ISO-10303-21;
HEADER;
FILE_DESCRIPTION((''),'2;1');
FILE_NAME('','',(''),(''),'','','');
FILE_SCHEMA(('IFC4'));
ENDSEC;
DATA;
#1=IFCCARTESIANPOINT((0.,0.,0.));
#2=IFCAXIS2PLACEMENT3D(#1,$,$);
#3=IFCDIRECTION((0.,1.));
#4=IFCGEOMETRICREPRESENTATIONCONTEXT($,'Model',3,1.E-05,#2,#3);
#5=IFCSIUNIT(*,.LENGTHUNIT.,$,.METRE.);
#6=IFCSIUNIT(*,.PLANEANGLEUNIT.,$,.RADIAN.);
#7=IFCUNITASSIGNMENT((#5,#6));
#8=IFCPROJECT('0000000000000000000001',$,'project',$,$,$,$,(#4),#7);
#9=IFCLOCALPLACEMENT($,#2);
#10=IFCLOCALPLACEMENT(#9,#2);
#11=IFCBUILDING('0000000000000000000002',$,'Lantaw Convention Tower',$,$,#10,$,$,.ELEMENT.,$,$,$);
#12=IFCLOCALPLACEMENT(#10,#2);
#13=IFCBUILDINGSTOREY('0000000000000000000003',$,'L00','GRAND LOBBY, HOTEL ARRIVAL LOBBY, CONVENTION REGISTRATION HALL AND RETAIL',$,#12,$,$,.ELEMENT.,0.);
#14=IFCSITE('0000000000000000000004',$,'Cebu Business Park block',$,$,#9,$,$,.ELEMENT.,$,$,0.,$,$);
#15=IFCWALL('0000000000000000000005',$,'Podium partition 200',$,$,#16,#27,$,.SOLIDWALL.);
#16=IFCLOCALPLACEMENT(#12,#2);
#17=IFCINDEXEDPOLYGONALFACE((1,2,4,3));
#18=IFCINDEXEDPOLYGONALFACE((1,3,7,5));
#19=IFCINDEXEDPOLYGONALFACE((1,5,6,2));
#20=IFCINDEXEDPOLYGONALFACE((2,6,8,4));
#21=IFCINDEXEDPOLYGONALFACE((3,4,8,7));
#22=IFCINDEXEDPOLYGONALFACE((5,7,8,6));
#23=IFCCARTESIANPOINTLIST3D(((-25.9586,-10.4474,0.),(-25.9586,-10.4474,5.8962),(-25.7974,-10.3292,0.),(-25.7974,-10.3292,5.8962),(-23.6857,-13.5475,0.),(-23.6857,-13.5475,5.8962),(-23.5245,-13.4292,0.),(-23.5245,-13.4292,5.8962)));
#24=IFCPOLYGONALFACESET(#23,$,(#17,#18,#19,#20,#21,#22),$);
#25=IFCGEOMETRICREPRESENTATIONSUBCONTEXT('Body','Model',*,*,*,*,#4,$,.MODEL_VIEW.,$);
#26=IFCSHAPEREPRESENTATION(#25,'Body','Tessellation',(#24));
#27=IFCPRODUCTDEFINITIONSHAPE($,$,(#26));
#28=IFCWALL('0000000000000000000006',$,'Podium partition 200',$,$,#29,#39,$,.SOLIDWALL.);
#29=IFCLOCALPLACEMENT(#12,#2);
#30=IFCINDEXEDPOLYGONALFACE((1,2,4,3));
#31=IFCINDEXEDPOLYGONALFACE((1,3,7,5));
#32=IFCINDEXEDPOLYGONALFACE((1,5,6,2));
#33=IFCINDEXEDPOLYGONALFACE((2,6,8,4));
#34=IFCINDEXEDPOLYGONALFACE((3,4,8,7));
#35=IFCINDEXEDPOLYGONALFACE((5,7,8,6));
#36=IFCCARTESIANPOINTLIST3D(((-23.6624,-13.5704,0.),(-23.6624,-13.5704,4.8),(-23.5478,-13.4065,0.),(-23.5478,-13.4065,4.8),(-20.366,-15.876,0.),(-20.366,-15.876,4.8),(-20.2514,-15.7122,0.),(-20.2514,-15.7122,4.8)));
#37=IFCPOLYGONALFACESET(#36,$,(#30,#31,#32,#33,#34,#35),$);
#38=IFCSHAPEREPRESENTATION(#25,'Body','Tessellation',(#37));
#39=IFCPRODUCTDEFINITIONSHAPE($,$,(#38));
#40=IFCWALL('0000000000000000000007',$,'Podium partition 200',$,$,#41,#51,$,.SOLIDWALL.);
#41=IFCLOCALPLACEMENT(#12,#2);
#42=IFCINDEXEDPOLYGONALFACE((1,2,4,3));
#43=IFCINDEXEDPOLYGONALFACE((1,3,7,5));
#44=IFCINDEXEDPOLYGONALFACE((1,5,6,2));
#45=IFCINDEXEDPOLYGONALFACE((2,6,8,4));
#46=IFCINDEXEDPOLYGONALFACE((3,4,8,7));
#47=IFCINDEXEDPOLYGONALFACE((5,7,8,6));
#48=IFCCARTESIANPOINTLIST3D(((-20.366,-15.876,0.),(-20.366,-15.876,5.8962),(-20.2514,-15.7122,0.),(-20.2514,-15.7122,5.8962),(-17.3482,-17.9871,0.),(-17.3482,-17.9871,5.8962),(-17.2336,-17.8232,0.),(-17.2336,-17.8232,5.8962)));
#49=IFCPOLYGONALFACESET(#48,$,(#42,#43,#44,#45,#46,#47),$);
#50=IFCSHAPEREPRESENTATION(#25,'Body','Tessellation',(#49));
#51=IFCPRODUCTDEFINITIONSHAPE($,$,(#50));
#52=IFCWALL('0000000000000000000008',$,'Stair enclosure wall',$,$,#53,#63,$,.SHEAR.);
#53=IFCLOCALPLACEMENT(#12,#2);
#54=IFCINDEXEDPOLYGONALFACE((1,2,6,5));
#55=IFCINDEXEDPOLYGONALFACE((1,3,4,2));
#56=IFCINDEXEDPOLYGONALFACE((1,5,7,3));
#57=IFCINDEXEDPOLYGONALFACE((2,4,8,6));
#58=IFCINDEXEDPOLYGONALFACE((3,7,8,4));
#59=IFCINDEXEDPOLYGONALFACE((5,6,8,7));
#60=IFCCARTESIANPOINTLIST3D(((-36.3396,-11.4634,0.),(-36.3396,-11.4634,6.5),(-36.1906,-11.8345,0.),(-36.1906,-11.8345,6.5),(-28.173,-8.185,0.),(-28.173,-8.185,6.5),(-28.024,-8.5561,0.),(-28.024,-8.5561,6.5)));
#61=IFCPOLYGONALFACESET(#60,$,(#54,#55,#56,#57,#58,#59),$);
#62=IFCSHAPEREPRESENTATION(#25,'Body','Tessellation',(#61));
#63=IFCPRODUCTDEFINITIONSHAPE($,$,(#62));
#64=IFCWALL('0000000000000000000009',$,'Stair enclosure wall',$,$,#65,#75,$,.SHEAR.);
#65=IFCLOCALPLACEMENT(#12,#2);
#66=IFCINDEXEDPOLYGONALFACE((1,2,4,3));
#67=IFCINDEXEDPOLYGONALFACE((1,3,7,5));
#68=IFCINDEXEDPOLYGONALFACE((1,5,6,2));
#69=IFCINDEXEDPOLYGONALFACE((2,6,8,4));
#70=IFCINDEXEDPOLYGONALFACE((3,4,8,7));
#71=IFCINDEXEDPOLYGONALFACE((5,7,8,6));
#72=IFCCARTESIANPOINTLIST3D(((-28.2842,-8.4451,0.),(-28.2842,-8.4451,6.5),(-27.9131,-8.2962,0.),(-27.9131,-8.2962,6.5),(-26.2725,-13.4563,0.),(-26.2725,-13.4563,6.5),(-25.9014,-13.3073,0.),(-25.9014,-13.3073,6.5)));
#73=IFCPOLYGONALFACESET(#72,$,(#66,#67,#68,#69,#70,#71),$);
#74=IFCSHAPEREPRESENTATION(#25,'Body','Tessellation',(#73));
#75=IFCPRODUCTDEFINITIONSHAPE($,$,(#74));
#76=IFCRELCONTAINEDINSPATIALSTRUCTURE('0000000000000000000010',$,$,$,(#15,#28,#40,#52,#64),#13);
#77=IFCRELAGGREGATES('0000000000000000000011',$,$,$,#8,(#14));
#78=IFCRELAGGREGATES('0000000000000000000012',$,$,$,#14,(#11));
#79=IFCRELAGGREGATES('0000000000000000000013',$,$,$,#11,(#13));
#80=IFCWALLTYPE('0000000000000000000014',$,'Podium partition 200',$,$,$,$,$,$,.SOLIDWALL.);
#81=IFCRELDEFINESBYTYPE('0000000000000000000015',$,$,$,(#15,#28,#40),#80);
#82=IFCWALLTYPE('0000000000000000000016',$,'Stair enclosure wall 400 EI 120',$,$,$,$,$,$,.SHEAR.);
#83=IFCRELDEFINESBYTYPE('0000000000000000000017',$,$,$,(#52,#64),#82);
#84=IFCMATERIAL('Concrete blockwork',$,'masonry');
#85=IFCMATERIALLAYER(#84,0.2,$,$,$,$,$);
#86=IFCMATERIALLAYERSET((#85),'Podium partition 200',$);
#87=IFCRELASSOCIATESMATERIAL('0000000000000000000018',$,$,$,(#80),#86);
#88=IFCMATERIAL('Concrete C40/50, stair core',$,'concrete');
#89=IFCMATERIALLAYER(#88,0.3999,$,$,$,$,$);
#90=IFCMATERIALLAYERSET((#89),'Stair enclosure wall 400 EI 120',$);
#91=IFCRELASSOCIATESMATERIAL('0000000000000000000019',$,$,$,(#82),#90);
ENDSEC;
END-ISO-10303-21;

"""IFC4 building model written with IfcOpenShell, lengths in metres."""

from ifc_helpers import new_model, si_unit, direction, frame, frame_2d, origin, place, context, subcontext, project, spatial, rectangle, extrude, material, layer, layer_set, type_object, element, save


model = new_model("IFC4")

# Units and contexts
model_context = context("Model", 3, precision=1e-05, world=origin(), true_north=direction((0.0, 1.0)))
body_context = subcontext(model_context, "Body", "Model", "MODEL_VIEW")
ifc_project = project(units=[si_unit("LENGTHUNIT", "METRE"), si_unit("PLANEANGLEUNIT", "RADIAN")], contexts=[model_context])

# Site, building, storey
site_placement = place(None, origin())
site = spatial("IfcSite", under=ifc_project, at=site_placement, Name="Cebu Business Park block", CompositionType="ELEMENT", RefElevation=0.0)
building_placement = place(site_placement, origin())
building = spatial("IfcBuilding", under=site, at=building_placement, Name="Lantaw Convention Tower", CompositionType="ELEMENT")
storey_placement = place(building_placement, origin())
storey = spatial("IfcBuildingStorey", under=building, at=storey_placement, Name="L00", Description="GRAND LOBBY, HOTEL ARRIVAL LOBBY, CONVENTION REGISTRATION HALL AND RETAIL", CompositionType="ELEMENT", Elevation=0.0)

# Walls
ifc_material_1 = material(Name="Concrete blockwork", Category="masonry")
ifc_layer_1 = layer(ifc_material_1, 0.2)
ifc_layer_set_1 = layer_set([ifc_layer_1], Name="Podium partition 200")
wall_type_1 = type_object("IfcWallType", Name="Podium partition 200", PredefinedType="SOLIDWALL", material=ifc_layer_set_1)
wall_1_placement = place(storey_placement, frame((-25.8779, -10.3884, 0.0), z_axis=(0.0, 0.0, 1.0), x_axis=(0.591287, -0.806462, 0.0)))
element("IfcWall", 1, at=wall_1_placement, inside=storey, type_object=wall_type_1, Name="Podium partition 200", PredefinedType="SOLIDWALL", context=body_context, shape_type="SweptSolid", body=[
    extrude(rectangle(XDim=3.844, YDim=0.2, at=frame_2d((1.9219, 0.0))), origin(), (0.0, 0.0, 1.0), 5.8962),
])
wall_2_placement = place(storey_placement, frame((-23.605, -13.4885, 0.0), z_axis=(0.0, 0.0, 1.0), x_axis=(0.819443, -0.573161, 0.0)))
element("IfcWall", 2, at=wall_2_placement, inside=storey, type_object=wall_type_1, Name="Podium partition 200", PredefinedType="SOLIDWALL", context=body_context, shape_type="SweptSolid", body=[
    extrude(rectangle(XDim=4.0227, YDim=0.2, at=frame_2d((2.0112, 0.0))), origin(), (0.0, 0.0, 1.0), 4.8),
])
wall_3_placement = place(storey_placement, frame((-20.3086, -15.7942, 0.0), z_axis=(0.0, 0.0, 1.0), x_axis=(0.819409, -0.573209, 0.0)))
element("IfcWall", 3, at=wall_3_placement, inside=storey, type_object=wall_type_1, Name="Podium partition 200", PredefinedType="SOLIDWALL", context=body_context, shape_type="SweptSolid", body=[
    extrude(rectangle(XDim=3.6829, YDim=0.2, at=frame_2d((1.8413, 0.0))), origin(), (0.0, 0.0, 1.0), 5.8962),
])
ifc_material_2 = material(Name="Concrete C40/50, stair core", Category="concrete")
ifc_layer_2 = layer(ifc_material_2, 0.3999)
ifc_layer_set_2 = layer_set([ifc_layer_2], Name="Stair enclosure wall 400 EI 120")
wall_type_2 = type_object("IfcWallType", Name="Stair enclosure wall 400 EI 120", PredefinedType="SHEAR", material=ifc_layer_set_2)
wall_4_placement = place(storey_placement, frame((-28.0986, -8.3706, 0.0), z_axis=(0.0, 0.0, 1.0), x_axis=(-0.928017, -0.372538, 0.0)))
element("IfcWall", 4, at=wall_4_placement, inside=storey, type_object=wall_type_2, Name="Stair enclosure wall", PredefinedType="SHEAR", context=body_context, shape_type="SweptSolid", body=[
    extrude(rectangle(XDim=8.8, YDim=0.3999, at=frame_2d((4.3999, 0.0))), origin(), (0.0, 0.0, 1.0), 6.5),
])
wall_5_placement = place(storey_placement, frame((-26.0869, -13.3818, 0.0), z_axis=(0.0, 0.0, 1.0), x_axis=(-0.372544, 0.928015, 0.0)))
element("IfcWall", 5, at=wall_5_placement, inside=storey, type_object=wall_type_2, Name="Stair enclosure wall", PredefinedType="SHEAR", context=body_context, shape_type="SweptSolid", body=[
    extrude(rectangle(XDim=5.3999, YDim=0.3999, at=frame_2d((2.7, 0.0))), origin(), (0.0, 0.0, 1.0), 6.5),
])

save(model, "model.ifc")
